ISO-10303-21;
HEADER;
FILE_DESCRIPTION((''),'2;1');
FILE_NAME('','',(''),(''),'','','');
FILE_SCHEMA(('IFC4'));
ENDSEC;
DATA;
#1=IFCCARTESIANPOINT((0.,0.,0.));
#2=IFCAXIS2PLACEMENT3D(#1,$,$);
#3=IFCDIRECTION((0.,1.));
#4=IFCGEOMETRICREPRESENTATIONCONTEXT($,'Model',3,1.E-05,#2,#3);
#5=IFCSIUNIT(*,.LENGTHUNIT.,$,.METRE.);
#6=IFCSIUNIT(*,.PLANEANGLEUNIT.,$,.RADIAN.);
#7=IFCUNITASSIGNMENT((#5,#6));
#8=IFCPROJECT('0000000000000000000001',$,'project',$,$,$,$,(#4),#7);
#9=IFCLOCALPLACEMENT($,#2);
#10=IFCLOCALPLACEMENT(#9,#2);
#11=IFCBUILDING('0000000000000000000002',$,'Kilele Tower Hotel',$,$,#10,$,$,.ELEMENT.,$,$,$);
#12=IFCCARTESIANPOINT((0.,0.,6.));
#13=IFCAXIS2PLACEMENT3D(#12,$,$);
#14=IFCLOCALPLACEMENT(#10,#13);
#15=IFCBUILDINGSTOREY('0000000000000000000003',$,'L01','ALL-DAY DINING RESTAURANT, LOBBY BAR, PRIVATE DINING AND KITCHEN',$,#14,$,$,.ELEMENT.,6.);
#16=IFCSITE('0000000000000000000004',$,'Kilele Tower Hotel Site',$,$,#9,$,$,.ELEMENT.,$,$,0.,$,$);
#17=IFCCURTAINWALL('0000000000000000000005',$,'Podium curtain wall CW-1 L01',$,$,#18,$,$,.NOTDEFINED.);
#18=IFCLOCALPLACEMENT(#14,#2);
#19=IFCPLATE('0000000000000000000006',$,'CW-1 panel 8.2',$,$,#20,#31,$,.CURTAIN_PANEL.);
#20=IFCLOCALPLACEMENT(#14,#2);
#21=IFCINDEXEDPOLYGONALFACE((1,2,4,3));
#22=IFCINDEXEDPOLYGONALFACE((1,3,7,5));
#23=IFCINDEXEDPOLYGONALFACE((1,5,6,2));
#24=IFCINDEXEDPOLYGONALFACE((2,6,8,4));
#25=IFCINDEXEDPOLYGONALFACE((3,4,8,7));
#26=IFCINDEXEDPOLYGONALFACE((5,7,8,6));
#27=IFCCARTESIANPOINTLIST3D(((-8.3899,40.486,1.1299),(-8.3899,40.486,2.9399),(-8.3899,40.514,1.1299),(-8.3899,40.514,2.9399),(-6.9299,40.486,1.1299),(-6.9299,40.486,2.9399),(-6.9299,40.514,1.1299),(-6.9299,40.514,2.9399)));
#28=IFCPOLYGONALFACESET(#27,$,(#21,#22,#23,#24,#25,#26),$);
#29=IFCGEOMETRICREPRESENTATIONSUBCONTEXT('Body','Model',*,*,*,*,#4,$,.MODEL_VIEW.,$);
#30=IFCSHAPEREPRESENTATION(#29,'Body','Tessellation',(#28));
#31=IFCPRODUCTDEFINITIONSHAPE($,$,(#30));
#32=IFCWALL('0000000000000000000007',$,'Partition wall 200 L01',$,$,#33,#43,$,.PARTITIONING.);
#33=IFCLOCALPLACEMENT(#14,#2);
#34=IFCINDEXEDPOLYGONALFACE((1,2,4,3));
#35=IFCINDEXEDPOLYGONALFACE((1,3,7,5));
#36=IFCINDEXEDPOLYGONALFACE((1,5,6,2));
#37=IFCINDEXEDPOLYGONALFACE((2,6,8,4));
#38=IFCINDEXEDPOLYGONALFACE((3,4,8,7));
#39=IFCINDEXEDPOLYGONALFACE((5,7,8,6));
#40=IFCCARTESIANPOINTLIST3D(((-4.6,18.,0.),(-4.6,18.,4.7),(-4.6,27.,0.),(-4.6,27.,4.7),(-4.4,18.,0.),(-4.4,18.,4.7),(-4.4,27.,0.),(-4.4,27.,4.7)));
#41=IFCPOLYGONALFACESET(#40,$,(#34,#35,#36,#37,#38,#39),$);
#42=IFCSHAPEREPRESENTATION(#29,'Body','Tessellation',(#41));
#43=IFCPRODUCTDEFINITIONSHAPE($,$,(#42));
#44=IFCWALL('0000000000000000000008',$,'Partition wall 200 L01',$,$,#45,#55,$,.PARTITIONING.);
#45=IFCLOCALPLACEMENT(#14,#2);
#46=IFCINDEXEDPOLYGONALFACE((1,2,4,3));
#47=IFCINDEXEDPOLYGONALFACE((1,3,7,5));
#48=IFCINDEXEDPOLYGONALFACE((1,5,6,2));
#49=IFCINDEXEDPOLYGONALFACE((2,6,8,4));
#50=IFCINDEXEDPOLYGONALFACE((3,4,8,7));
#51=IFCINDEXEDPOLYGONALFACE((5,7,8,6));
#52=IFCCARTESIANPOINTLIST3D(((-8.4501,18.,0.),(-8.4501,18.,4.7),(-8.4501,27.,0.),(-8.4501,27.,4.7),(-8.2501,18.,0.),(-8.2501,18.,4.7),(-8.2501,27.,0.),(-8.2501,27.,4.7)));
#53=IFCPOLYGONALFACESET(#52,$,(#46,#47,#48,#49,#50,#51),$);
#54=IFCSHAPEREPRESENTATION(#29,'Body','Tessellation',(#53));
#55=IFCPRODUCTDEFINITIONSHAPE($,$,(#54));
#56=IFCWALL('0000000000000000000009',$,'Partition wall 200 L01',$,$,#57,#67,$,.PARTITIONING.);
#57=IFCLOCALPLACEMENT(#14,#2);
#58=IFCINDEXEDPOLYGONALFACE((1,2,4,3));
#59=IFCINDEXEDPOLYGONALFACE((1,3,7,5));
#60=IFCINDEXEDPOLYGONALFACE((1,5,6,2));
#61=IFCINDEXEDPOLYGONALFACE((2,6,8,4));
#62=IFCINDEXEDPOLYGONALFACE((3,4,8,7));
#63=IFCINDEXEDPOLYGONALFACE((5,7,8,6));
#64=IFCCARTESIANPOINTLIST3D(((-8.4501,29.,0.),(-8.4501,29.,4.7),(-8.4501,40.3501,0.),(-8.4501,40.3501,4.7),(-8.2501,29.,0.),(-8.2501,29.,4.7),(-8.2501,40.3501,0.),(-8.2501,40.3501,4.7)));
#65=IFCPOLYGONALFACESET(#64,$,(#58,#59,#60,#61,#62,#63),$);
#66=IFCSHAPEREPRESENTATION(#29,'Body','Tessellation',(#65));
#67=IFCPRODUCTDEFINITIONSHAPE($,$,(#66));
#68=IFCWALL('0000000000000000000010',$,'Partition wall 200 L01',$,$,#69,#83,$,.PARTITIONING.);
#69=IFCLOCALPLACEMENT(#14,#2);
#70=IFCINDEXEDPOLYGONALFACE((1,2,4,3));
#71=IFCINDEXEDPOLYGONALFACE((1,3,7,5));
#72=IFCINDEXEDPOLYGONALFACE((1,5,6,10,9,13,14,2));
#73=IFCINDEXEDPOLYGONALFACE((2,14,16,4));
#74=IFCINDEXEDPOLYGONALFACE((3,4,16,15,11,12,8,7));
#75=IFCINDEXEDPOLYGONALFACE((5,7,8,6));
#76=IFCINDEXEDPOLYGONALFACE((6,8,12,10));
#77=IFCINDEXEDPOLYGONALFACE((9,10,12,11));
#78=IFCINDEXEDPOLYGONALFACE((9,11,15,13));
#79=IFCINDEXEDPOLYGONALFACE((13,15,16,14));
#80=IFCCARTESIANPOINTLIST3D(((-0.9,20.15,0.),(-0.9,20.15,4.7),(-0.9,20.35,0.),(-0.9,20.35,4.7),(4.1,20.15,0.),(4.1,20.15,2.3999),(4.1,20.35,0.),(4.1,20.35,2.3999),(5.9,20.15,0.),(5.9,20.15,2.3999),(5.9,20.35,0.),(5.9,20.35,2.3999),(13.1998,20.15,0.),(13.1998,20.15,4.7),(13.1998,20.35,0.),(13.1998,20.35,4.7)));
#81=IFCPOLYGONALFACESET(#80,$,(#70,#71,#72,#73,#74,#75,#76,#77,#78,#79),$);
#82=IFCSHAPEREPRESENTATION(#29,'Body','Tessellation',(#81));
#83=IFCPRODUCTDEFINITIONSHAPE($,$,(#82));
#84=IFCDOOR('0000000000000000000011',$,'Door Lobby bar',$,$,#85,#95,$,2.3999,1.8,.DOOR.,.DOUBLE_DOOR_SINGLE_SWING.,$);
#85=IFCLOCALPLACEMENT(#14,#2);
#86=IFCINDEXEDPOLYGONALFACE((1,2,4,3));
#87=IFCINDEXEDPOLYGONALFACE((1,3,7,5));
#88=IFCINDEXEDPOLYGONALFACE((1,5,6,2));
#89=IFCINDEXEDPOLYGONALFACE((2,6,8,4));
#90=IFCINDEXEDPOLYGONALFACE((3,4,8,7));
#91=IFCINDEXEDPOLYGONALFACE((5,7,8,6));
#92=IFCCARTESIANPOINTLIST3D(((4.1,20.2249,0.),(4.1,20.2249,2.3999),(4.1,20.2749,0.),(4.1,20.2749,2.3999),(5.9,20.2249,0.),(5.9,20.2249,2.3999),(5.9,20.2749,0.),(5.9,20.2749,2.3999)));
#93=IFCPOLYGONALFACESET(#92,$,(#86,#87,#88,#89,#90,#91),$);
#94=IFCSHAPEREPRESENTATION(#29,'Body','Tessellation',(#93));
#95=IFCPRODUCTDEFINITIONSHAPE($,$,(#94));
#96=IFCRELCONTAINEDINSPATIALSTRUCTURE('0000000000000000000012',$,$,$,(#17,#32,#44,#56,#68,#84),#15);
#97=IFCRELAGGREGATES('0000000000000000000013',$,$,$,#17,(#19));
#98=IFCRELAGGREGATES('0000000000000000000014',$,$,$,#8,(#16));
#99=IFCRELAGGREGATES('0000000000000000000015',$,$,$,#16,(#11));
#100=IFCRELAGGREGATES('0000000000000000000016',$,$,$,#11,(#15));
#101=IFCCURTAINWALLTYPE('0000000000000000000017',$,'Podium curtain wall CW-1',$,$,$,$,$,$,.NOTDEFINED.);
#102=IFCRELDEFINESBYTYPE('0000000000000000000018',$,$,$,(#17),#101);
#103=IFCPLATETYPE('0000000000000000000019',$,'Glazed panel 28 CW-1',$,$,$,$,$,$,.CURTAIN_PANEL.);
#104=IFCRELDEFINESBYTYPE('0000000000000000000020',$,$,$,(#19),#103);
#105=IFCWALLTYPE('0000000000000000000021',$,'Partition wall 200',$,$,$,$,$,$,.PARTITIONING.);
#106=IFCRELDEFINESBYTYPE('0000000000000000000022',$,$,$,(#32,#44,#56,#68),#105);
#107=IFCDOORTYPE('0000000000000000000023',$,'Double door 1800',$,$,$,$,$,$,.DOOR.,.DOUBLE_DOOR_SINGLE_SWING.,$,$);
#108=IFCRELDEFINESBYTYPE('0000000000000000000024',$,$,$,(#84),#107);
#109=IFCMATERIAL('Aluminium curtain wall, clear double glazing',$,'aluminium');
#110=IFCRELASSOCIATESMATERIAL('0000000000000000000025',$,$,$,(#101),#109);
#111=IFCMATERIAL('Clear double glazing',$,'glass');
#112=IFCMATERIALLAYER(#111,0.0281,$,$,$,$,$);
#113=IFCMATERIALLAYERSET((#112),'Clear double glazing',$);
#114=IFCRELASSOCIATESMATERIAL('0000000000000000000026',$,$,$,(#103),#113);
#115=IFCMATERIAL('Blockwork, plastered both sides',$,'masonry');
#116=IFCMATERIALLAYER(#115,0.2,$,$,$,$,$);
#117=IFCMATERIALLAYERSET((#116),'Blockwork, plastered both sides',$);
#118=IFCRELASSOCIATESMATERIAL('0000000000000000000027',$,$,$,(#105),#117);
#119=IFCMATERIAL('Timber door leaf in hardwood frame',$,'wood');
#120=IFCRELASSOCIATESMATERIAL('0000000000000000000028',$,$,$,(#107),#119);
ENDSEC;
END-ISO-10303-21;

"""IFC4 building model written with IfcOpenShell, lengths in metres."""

from ifc_helpers import new_model, si_unit, direction, frame, frame_2d, origin, origin_2d, place, context, subcontext, project, spatial, rectangle, extrude, material, layer, layer_set, type_object, element, fill, aggregate, save


model = new_model("IFC4")

# Units and contexts
model_context = context("Model", 3, precision=1e-05, world=origin(), true_north=direction((0.0, 1.0)))
body_context = subcontext(model_context, "Body", "Model", "MODEL_VIEW")
ifc_project = project(units=[si_unit("LENGTHUNIT", "METRE"), si_unit("PLANEANGLEUNIT", "RADIAN")], contexts=[model_context])

# Site, building, storey
site_placement = place(None, origin())
site = spatial("IfcSite", under=ifc_project, at=site_placement, Name="Kilele Tower Hotel Site", CompositionType="ELEMENT", RefElevation=0.0)
building_placement = place(site_placement, origin())
building = spatial("IfcBuilding", under=site, at=building_placement, Name="Kilele Tower Hotel", CompositionType="ELEMENT")
storey_placement = place(building_placement, frame((0.0, 0.0, 6.0)))
storey = spatial("IfcBuildingStorey", under=building, at=storey_placement, Name="L01", Description="ALL-DAY DINING RESTAURANT, LOBBY BAR, PRIVATE DINING AND KITCHEN", CompositionType="ELEMENT", Elevation=6.0)

# Curtain wall
ifc_material_1 = material(Name="Aluminium curtain wall, clear double glazing", Category="aluminium")
curtain_wall_type = type_object("IfcCurtainWallType", Name="Podium curtain wall CW-1", PredefinedType="NOTDEFINED", material=ifc_material_1)
curtain_wall_1_placement = place(storey_placement, origin())
curtain_wall_1 = element("IfcCurtainWall", 1, at=curtain_wall_1_placement, inside=storey, type_object=curtain_wall_type, Name="Podium curtain wall CW-1 L01", PredefinedType="NOTDEFINED")

# Plate
ifc_material_2 = material(Name="Clear double glazing", Category="glass")
ifc_layer_1 = layer(ifc_material_2, 0.0281)
ifc_layer_set_1 = layer_set([ifc_layer_1], Name="Clear double glazing")
plate_type = type_object("IfcPlateType", Name="Glazed panel 28 CW-1", PredefinedType="CURTAIN_PANEL", material=ifc_layer_set_1)
plate_1_placement = place(storey_placement, frame((-7.6599, 40.5, 1.1299), z_axis=(0.0, 0.0, 1.0), x_axis=(-1.0, 0.0, 0.0)))
plate_1 = element("IfcPlate", 2, at=plate_1_placement, type_object=plate_type, Name="CW-1 panel 8.2", PredefinedType="CURTAIN_PANEL", context=body_context, shape_type="SweptSolid", body=[
    extrude(rectangle(XDim=1.46, YDim=0.0281, at=origin_2d()), origin(), (0.0, 0.0, 1.0), 1.8101),
])
aggregate(curtain_wall_1, [plate_1])

# Walls
ifc_material_3 = material(Name="Blockwork, plastered both sides", Category="masonry")
ifc_layer_2 = layer(ifc_material_3, 0.2)
ifc_layer_set_2 = layer_set([ifc_layer_2], Name="Blockwork, plastered both sides")
wall_type = type_object("IfcWallType", Name="Partition wall 200", PredefinedType="PARTITIONING", material=ifc_layer_set_2)
for number, where, z_axis, x_axis, name in (
    (3, (-4.5, 18.0, 0.0), (0.0, 0.0, 1.0), (0.0, 1.0, 0.0), "Partition wall 200 L01"),
    (4, (-8.3501, 18.0, 0.0), (0.0, 0.0, 1.0), (0.0, 1.0, 0.0), "Partition wall 200 L01"),
):
    element("IfcWall", number, at=place(storey_placement, frame(where, z_axis=z_axis, x_axis=x_axis)), inside=storey, type_object=wall_type, Name=name, PredefinedType="PARTITIONING", context=body_context, shape_type="SweptSolid", body=[
        extrude(rectangle(XDim=9.0, YDim=0.2, at=frame_2d((4.5, 0.0))), origin(), (0.0, 0.0, 1.0), 4.7),
    ])
wall_1_placement = place(storey_placement, frame((-8.3501, 29.0, 0.0), z_axis=(0.0, 0.0, 1.0), x_axis=(0.0, 1.0, 0.0)))
element("IfcWall", 5, at=wall_1_placement, inside=storey, type_object=wall_type, Name="Partition wall 200 L01", PredefinedType="PARTITIONING", context=body_context, shape_type="SweptSolid", body=[
    extrude(rectangle(XDim=11.3501, YDim=0.2, at=frame_2d((5.675, 0.0))), origin(), (0.0, 0.0, 1.0), 4.7),
])

# Wall, opening, door
wall_2_placement = place(storey_placement, frame((-0.8999, 20.25, 0.0), z_axis=(0.0, 0.0, 1.0), x_axis=(1.0, 0.0, 0.0)))
wall_2 = element("IfcWall", 6, at=wall_2_placement, inside=storey, type_object=wall_type, Name="Partition wall 200 L01", PredefinedType="PARTITIONING", context=body_context, shape_type="SweptSolid", body=[
    extrude(rectangle(XDim=14.0999, YDim=0.2, at=frame_2d((7.0498, 0.0))), origin(), (0.0, 0.0, 1.0), 4.7),
])
opening_placement = place(wall_2_placement, frame((5.0, 0.0, 0.0)))
opening = element("IfcOpeningElement", 7, at=opening_placement, cuts=wall_2, PredefinedType="OPENING", context=body_context, shape_type="SweptSolid", body=[
    extrude(rectangle(XDim=1.8, YDim=2.3999, at=frame_2d((0.8999, 1.2))), frame((0.0, 0.1099, 0.0), z_axis=(0.0, -1.0, 0.0), x_axis=(1.0, 0.0, 0.0)), (0.0, 0.0, 1.0), 0.22),
])
ifc_material_4 = material(Name="Timber door leaf in hardwood frame", Category="wood")
door_type = type_object("IfcDoorType", Name="Double door 1800", OperationType="DOUBLE_DOOR_SINGLE_SWING", PredefinedType="DOOR", material=ifc_material_4)
door_placement = place(opening_placement, origin())
door = element("IfcDoor", 8, at=door_placement, inside=storey, type_object=door_type, Name="Door Lobby bar", OperationType="DOUBLE_DOOR_SINGLE_SWING", OverallHeight=2.3999, OverallWidth=1.8, PredefinedType="DOOR", context=body_context, shape_type="SweptSolid", body=[
    extrude(rectangle(XDim=1.8, YDim=2.3999, at=frame_2d((0.8999, 1.2))), frame((0.0, 0.0249, 0.0), z_axis=(0.0, -1.0, 0.0), x_axis=(1.0, 0.0, 0.0)), (0.0, 0.0, 1.0), 0.05),
])
fill(opening, door)

save(model, "model.ifc")
